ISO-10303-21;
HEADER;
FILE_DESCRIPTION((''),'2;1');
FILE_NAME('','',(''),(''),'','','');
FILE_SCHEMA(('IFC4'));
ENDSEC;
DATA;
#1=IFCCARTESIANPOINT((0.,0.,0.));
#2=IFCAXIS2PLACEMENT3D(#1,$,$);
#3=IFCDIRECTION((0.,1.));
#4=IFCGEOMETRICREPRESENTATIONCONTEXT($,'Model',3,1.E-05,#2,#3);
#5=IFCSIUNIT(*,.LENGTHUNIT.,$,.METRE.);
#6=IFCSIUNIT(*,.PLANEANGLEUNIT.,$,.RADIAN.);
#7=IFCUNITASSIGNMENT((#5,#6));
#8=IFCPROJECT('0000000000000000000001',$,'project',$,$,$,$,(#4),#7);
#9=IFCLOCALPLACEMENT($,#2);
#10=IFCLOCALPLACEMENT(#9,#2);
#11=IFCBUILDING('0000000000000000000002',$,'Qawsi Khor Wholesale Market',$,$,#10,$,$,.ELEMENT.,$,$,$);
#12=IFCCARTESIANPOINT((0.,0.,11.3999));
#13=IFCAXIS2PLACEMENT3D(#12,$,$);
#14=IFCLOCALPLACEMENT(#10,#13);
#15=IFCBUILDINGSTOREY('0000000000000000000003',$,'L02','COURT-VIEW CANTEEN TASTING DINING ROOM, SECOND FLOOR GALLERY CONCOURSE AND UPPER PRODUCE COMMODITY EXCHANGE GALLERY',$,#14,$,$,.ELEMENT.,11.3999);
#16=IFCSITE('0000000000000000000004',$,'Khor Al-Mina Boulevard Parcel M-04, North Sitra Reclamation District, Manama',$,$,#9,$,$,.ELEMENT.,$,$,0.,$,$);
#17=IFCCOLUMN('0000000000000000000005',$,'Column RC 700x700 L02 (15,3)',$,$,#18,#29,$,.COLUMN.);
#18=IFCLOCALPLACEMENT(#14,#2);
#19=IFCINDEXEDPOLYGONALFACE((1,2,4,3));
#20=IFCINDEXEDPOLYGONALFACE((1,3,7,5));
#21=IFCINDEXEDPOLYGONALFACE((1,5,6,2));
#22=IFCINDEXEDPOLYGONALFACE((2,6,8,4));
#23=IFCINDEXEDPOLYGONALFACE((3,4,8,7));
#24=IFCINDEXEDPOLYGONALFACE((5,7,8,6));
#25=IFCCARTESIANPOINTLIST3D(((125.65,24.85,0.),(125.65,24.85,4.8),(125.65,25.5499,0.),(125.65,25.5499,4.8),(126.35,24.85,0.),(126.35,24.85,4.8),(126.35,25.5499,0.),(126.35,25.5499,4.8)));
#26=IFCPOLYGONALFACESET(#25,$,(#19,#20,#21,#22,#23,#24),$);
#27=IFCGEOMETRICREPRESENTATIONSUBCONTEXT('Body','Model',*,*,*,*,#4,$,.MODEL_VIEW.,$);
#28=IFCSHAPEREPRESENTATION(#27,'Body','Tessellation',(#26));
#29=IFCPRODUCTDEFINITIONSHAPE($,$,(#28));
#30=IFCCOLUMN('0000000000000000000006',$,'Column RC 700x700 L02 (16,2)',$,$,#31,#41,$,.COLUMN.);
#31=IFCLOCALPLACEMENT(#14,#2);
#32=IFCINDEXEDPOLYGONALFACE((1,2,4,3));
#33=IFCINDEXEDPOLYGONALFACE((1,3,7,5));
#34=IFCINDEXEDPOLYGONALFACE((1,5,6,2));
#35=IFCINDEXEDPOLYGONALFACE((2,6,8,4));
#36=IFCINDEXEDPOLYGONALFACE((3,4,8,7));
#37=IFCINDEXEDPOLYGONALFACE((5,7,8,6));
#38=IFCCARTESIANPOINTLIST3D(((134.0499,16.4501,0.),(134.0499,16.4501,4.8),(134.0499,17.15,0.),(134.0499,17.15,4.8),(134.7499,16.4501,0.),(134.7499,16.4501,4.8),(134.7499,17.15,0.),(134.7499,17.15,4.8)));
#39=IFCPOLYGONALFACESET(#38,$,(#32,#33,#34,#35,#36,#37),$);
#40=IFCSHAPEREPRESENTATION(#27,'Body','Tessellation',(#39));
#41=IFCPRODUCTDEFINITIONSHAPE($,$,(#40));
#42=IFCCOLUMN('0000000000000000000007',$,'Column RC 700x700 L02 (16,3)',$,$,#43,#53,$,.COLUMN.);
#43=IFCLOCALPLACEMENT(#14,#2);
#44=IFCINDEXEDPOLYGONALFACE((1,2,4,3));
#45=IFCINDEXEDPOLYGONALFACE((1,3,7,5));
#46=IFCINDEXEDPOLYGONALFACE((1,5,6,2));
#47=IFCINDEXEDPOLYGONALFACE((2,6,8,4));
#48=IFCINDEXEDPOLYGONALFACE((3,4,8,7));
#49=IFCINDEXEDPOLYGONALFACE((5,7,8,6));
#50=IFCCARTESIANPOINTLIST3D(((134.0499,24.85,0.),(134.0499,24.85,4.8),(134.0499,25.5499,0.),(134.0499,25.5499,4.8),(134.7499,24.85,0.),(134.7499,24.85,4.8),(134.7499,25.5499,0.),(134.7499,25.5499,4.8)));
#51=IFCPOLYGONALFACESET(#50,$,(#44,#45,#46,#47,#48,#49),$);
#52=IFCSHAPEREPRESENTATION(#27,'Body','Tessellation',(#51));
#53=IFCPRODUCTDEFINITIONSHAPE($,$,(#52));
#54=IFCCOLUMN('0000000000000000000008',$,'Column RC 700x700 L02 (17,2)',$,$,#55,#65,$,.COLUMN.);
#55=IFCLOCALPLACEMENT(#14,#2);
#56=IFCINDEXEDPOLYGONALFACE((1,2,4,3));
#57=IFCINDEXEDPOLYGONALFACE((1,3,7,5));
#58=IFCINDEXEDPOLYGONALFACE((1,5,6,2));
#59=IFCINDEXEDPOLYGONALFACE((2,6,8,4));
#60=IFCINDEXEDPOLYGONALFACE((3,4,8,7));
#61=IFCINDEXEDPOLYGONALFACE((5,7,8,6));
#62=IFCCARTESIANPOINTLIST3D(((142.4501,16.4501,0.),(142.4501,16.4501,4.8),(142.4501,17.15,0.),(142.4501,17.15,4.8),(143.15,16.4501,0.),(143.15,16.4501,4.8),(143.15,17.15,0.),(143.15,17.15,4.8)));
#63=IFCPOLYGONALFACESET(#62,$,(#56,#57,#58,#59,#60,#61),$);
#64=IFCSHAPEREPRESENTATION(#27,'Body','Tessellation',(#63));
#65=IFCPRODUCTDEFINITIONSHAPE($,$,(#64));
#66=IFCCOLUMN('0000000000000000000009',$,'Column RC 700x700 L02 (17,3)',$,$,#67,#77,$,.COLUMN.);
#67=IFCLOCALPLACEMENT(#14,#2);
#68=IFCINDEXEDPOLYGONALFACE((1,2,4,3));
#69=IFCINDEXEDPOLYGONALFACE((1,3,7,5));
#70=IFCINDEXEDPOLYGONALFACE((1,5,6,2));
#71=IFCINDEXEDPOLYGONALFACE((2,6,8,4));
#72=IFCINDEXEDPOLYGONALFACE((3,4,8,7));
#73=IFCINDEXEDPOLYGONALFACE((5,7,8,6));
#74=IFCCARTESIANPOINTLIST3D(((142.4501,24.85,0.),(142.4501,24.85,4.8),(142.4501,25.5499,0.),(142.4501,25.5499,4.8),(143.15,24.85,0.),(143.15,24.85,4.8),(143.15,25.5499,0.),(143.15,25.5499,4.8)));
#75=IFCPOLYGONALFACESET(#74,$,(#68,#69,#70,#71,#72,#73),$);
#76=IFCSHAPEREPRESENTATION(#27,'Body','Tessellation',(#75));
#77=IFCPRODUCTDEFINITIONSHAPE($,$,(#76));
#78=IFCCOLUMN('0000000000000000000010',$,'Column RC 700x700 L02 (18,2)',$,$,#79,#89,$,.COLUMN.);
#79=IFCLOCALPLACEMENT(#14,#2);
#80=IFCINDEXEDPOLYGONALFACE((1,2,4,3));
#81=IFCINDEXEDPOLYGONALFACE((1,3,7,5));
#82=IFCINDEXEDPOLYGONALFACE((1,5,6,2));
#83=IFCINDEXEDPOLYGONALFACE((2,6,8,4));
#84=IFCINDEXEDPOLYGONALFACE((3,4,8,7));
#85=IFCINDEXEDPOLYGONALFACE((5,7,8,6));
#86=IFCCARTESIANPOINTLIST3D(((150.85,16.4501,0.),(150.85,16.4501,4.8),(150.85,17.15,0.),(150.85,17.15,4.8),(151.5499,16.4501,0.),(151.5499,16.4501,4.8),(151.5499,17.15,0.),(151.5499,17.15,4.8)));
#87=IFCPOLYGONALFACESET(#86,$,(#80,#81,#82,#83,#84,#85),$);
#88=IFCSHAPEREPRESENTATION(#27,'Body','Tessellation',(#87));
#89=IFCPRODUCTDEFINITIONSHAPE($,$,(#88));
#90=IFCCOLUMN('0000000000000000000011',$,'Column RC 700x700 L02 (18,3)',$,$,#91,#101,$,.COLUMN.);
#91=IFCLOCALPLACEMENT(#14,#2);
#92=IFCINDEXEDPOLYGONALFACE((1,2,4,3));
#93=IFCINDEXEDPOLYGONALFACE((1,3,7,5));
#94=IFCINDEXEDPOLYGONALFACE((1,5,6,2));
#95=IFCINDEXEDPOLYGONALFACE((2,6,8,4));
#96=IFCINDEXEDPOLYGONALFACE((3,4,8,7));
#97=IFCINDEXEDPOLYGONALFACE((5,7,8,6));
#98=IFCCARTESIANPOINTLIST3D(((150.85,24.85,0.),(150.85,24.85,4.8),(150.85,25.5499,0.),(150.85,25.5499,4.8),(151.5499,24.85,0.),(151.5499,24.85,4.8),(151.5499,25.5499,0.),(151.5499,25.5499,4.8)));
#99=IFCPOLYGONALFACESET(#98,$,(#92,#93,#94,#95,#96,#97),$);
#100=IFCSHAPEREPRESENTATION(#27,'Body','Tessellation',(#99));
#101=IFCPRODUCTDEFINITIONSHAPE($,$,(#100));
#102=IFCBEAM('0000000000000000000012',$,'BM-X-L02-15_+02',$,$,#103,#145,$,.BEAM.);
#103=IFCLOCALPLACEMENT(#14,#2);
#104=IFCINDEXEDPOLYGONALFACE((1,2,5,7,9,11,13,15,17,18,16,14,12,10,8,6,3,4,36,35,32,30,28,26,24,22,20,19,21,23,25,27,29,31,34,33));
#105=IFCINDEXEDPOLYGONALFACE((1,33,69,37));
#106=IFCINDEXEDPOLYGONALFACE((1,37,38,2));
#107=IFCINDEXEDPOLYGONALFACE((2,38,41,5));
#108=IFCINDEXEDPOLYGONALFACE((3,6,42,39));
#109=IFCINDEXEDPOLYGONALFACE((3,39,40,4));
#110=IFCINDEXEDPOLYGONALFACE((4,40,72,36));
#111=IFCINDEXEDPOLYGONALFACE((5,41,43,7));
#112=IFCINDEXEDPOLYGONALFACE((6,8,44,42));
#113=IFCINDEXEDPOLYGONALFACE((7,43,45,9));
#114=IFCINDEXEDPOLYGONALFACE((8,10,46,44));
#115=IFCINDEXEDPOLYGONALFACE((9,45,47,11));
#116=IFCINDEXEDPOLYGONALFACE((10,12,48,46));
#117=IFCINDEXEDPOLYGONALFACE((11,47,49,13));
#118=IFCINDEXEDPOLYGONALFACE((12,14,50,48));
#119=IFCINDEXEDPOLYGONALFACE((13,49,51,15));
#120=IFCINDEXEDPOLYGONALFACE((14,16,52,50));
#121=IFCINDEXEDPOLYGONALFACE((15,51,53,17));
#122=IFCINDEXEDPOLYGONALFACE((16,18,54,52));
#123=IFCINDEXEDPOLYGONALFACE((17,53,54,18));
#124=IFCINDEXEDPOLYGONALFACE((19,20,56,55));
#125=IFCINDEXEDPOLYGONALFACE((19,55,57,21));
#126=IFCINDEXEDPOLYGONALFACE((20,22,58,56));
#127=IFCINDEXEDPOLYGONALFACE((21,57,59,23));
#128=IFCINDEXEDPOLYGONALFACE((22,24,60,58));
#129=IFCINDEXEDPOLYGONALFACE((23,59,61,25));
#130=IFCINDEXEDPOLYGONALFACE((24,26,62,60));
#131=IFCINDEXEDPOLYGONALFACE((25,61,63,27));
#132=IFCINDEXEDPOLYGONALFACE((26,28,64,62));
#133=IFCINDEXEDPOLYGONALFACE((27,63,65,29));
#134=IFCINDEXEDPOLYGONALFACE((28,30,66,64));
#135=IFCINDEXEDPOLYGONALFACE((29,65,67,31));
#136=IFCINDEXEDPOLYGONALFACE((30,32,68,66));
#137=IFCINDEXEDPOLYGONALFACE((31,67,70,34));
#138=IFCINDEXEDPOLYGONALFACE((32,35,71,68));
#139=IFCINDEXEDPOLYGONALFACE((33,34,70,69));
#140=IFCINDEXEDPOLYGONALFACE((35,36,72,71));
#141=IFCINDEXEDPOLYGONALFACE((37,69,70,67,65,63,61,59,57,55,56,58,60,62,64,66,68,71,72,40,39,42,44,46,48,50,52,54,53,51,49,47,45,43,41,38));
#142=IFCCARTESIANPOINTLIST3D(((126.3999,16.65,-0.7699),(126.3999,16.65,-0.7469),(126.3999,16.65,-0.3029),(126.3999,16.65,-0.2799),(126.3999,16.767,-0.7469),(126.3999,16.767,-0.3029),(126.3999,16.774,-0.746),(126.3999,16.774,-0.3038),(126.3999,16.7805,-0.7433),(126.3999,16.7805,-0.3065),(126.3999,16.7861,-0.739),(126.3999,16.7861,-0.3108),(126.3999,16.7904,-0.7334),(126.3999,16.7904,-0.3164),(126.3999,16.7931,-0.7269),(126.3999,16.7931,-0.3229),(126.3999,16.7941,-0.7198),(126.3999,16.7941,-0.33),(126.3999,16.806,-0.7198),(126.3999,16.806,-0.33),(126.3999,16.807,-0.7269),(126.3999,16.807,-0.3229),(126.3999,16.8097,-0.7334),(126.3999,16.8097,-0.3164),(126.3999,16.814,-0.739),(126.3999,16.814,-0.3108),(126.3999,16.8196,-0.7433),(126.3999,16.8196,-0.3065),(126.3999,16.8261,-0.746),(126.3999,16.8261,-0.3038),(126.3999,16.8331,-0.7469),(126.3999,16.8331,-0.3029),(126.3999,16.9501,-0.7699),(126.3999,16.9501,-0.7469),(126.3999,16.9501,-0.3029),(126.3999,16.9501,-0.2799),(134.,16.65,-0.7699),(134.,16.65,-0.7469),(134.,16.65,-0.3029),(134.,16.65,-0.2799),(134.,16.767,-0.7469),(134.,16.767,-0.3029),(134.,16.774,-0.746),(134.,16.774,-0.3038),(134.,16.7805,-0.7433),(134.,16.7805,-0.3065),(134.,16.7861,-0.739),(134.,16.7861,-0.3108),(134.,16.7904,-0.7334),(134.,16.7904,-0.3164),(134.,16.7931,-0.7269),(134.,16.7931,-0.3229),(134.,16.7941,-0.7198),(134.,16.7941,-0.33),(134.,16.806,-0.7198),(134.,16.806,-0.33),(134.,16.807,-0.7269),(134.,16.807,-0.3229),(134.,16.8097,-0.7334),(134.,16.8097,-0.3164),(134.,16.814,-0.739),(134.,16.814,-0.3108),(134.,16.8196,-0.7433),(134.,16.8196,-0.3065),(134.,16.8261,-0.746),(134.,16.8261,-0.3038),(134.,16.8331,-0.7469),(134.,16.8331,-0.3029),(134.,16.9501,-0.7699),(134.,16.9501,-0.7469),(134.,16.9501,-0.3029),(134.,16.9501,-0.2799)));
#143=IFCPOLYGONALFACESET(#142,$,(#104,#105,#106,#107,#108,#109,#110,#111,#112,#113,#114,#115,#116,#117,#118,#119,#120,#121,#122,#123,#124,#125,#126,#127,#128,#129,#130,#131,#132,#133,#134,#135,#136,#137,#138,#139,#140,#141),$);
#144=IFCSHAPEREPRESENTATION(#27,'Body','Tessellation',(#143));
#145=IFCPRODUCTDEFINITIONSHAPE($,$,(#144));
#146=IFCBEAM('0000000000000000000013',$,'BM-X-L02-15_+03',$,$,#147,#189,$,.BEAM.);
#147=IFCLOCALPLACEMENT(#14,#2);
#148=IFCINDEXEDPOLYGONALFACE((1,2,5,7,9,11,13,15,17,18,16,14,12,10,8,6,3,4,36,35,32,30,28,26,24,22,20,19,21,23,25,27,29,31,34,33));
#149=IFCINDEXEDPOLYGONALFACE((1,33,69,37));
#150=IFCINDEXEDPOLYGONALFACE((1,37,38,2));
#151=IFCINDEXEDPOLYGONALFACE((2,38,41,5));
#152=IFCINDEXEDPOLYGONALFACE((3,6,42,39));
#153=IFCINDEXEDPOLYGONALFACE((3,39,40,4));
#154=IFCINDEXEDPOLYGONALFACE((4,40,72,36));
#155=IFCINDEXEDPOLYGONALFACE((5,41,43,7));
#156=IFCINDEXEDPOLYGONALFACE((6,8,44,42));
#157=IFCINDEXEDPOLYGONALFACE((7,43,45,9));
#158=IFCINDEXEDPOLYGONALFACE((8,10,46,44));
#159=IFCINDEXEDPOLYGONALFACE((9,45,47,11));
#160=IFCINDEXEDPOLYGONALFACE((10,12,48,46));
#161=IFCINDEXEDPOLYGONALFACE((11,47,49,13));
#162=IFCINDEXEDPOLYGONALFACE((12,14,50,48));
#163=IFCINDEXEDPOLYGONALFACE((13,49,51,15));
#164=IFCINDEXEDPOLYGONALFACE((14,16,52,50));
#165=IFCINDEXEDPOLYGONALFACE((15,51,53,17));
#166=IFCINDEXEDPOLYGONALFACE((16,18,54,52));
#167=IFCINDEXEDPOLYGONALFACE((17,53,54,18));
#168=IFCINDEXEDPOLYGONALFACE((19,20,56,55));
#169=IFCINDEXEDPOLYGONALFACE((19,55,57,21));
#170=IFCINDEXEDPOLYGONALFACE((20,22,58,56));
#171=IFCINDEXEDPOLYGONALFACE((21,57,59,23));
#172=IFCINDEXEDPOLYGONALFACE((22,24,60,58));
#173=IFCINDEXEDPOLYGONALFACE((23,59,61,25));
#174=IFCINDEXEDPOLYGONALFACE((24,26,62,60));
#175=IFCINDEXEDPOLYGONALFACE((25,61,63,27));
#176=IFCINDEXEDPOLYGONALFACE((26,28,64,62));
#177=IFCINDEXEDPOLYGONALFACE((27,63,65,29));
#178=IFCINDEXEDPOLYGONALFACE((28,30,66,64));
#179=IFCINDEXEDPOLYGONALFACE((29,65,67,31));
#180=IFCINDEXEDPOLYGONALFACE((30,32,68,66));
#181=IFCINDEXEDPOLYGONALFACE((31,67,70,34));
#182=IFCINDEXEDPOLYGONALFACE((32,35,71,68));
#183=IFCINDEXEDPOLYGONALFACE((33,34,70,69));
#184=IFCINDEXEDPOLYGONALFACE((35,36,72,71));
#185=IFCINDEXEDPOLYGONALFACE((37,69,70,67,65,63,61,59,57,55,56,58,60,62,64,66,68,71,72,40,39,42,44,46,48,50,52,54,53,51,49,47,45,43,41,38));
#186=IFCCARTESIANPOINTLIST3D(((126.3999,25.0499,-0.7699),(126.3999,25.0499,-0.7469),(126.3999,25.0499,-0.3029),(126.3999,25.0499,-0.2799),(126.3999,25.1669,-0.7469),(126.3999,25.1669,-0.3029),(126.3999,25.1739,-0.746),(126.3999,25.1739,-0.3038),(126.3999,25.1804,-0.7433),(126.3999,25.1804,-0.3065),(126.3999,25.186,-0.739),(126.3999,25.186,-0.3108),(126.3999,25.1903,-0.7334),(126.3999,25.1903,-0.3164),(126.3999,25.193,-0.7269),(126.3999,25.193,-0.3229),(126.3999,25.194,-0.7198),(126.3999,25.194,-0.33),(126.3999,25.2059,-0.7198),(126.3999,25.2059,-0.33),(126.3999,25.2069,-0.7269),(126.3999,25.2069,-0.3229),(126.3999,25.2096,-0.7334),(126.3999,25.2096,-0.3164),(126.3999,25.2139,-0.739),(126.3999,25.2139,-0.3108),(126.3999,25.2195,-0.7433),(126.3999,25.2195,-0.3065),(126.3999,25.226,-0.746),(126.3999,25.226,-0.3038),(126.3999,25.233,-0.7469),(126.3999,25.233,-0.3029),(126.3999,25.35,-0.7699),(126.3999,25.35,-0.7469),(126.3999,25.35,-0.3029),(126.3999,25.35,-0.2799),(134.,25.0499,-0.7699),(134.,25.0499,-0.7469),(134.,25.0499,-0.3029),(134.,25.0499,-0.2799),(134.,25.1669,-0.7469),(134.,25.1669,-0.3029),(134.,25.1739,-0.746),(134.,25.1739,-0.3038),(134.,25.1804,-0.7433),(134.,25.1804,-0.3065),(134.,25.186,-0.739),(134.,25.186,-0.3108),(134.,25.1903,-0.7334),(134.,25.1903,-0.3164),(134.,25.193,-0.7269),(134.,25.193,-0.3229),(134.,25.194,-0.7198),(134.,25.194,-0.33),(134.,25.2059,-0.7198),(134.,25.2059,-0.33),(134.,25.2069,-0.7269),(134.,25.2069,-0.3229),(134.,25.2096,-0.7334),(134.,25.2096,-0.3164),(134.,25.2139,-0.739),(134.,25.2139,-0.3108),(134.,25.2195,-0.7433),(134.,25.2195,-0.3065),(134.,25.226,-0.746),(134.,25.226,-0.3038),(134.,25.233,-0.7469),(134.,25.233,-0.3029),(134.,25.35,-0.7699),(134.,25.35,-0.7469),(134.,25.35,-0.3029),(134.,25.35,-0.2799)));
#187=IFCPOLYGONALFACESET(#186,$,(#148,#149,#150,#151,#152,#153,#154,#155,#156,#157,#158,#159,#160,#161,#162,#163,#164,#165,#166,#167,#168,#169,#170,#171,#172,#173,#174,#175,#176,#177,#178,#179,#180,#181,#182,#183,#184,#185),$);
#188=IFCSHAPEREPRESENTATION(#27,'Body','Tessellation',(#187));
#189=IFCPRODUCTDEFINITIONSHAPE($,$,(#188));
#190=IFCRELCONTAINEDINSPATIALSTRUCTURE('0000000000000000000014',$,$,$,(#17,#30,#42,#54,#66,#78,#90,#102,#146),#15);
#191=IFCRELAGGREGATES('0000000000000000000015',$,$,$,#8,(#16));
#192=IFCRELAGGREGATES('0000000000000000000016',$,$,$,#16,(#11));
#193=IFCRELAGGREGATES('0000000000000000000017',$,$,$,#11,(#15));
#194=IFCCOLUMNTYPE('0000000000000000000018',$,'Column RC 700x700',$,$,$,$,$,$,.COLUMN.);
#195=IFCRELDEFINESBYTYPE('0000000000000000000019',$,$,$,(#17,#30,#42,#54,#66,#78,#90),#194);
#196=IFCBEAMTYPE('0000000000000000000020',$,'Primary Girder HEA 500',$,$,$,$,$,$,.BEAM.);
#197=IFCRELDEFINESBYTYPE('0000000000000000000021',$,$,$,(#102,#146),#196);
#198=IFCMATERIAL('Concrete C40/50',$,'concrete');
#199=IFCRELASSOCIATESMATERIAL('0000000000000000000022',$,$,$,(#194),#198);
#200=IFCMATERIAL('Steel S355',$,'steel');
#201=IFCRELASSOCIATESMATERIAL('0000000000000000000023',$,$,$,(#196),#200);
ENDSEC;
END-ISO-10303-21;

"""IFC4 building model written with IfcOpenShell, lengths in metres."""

from ifc_helpers import new_model, si_unit, direction, frame, origin, origin_2d, place, context, subcontext, project, spatial, rectangle, i_section, extrude, material, material_profile, profile_set, type_object, element, save


model = new_model("IFC4")

# Units and contexts
model_context = context("Model", 3, precision=1e-05, world=origin(), true_north=direction((0.0, 1.0)))
body_context = subcontext(model_context, "Body", "Model", "MODEL_VIEW")
ifc_project = project(units=[si_unit("LENGTHUNIT", "METRE"), si_unit("PLANEANGLEUNIT", "RADIAN")], contexts=[model_context])

# Site, building, storey
site_placement = place(None, origin())
site = spatial("IfcSite", under=ifc_project, at=site_placement, Name="Khor Al-Mina Boulevard Parcel M-04, North Sitra Reclamation District, Manama", CompositionType="ELEMENT", RefElevation=0.0)
building_placement = place(site_placement, origin())
building = spatial("IfcBuilding", under=site, at=building_placement, Name="Qawsi Khor Wholesale Market", CompositionType="ELEMENT")
storey_placement = place(building_placement, frame((0.0, 0.0, 11.3999)))
storey = spatial("IfcBuildingStorey", under=building, at=storey_placement, Name="L02", Description="COURT-VIEW CANTEEN TASTING DINING ROOM, SECOND FLOOR GALLERY CONCOURSE AND UPPER PRODUCE COMMODITY EXCHANGE GALLERY", CompositionType="ELEMENT", Elevation=11.3999)

# Columns
ifc_material_1 = material(Name="Concrete C40/50", Category="concrete")
ifc_material_profile_1 = material_profile(ifc_material_1, rectangle(XDim=0.7, YDim=0.7, at=origin_2d()), Name="RC 700x700")
ifc_profile_set_1 = profile_set([ifc_material_profile_1], Name="Concrete C40/50")
column_type = type_object("IfcColumnType", Name="Column RC 700x700", PredefinedType="COLUMN", material=ifc_profile_set_1)
for number, where, z_axis, x_axis, name in (
    (1, (126.0, 25.2, 0.0), (0.0, 0.0, 1.0), (1.0, 0.0, 0.0), "Column RC 700x700 L02 (15,3)"),
    (2, (134.3999, 16.8, 0.0), (0.0, 0.0, 1.0), (1.0, 0.0, 0.0), "Column RC 700x700 L02 (16,2)"),
    (3, (134.3999, 25.2, 0.0), (0.0, 0.0, 1.0), (1.0, 0.0, 0.0), "Column RC 700x700 L02 (16,3)"),
    (4, (142.8, 16.8, 0.0), (0.0, 0.0, 1.0), (1.0, 0.0, 0.0), "Column RC 700x700 L02 (17,2)"),
    (5, (142.8, 25.2, 0.0), (0.0, 0.0, 1.0), (1.0, 0.0, 0.0), "Column RC 700x700 L02 (17,3)"),
    (6, (151.2, 16.8, 0.0), (0.0, 0.0, 1.0), (1.0, 0.0, 0.0), "Column RC 700x700 L02 (18,2)"),
    (7, (151.2, 25.2, 0.0), (0.0, 0.0, 1.0), (1.0, 0.0, 0.0), "Column RC 700x700 L02 (18,3)"),
):
    element("IfcColumn", number, at=place(storey_placement, frame(where, z_axis=z_axis, x_axis=x_axis)), inside=storey, type_object=column_type, Name=name, PredefinedType="COLUMN", context=body_context, shape_type="SweptSolid", body=[
        extrude(rectangle(XDim=0.7, YDim=0.7, at=origin_2d()), origin(), (0.0, 0.0, 1.0), 4.8),
    ])

# Beams
ifc_material_2 = material(Name="Steel S355", Category="steel")
ifc_material_profile_2 = material_profile(ifc_material_2, i_section(OverallWidth=0.3, OverallDepth=0.49, WebThickness=0.012, FlangeThickness=0.0229, FilletRadius=0.0271, at=origin_2d()), Name="HEA 500")
ifc_profile_set_2 = profile_set([ifc_material_profile_2], Name="Steel S355")
beam_type_1 = type_object("IfcBeamType", Name="Primary Girder HEA 500", PredefinedType="BEAM", material=ifc_profile_set_2)
for number, where, z_axis, x_axis, name in (
    (8, (126.3999, 16.8, -0.5249), (1.0, 0.0, 0.0), (0.0, 1.0, 0.0), "BM-X-L02-15_+02"),
    (9, (126.3999, 25.2, -0.5249), (1.0, 0.0, 0.0), (0.0, 1.0, 0.0), "BM-X-L02-15_+03"),
):
    element("IfcBeam", number, at=place(storey_placement, frame(where, z_axis=z_axis, x_axis=x_axis)), inside=storey, type_object=beam_type_1, Name=name, PredefinedType="BEAM", context=body_context, shape_type="SweptSolid", body=[
        extrude(i_section(OverallWidth=0.3, OverallDepth=0.49, WebThickness=0.012, FlangeThickness=0.0229, FilletRadius=0.0271, at=origin_2d()), origin(), (0.0, 0.0, 1.0), 7.6001),
    ])

save(model, "model.ifc")
